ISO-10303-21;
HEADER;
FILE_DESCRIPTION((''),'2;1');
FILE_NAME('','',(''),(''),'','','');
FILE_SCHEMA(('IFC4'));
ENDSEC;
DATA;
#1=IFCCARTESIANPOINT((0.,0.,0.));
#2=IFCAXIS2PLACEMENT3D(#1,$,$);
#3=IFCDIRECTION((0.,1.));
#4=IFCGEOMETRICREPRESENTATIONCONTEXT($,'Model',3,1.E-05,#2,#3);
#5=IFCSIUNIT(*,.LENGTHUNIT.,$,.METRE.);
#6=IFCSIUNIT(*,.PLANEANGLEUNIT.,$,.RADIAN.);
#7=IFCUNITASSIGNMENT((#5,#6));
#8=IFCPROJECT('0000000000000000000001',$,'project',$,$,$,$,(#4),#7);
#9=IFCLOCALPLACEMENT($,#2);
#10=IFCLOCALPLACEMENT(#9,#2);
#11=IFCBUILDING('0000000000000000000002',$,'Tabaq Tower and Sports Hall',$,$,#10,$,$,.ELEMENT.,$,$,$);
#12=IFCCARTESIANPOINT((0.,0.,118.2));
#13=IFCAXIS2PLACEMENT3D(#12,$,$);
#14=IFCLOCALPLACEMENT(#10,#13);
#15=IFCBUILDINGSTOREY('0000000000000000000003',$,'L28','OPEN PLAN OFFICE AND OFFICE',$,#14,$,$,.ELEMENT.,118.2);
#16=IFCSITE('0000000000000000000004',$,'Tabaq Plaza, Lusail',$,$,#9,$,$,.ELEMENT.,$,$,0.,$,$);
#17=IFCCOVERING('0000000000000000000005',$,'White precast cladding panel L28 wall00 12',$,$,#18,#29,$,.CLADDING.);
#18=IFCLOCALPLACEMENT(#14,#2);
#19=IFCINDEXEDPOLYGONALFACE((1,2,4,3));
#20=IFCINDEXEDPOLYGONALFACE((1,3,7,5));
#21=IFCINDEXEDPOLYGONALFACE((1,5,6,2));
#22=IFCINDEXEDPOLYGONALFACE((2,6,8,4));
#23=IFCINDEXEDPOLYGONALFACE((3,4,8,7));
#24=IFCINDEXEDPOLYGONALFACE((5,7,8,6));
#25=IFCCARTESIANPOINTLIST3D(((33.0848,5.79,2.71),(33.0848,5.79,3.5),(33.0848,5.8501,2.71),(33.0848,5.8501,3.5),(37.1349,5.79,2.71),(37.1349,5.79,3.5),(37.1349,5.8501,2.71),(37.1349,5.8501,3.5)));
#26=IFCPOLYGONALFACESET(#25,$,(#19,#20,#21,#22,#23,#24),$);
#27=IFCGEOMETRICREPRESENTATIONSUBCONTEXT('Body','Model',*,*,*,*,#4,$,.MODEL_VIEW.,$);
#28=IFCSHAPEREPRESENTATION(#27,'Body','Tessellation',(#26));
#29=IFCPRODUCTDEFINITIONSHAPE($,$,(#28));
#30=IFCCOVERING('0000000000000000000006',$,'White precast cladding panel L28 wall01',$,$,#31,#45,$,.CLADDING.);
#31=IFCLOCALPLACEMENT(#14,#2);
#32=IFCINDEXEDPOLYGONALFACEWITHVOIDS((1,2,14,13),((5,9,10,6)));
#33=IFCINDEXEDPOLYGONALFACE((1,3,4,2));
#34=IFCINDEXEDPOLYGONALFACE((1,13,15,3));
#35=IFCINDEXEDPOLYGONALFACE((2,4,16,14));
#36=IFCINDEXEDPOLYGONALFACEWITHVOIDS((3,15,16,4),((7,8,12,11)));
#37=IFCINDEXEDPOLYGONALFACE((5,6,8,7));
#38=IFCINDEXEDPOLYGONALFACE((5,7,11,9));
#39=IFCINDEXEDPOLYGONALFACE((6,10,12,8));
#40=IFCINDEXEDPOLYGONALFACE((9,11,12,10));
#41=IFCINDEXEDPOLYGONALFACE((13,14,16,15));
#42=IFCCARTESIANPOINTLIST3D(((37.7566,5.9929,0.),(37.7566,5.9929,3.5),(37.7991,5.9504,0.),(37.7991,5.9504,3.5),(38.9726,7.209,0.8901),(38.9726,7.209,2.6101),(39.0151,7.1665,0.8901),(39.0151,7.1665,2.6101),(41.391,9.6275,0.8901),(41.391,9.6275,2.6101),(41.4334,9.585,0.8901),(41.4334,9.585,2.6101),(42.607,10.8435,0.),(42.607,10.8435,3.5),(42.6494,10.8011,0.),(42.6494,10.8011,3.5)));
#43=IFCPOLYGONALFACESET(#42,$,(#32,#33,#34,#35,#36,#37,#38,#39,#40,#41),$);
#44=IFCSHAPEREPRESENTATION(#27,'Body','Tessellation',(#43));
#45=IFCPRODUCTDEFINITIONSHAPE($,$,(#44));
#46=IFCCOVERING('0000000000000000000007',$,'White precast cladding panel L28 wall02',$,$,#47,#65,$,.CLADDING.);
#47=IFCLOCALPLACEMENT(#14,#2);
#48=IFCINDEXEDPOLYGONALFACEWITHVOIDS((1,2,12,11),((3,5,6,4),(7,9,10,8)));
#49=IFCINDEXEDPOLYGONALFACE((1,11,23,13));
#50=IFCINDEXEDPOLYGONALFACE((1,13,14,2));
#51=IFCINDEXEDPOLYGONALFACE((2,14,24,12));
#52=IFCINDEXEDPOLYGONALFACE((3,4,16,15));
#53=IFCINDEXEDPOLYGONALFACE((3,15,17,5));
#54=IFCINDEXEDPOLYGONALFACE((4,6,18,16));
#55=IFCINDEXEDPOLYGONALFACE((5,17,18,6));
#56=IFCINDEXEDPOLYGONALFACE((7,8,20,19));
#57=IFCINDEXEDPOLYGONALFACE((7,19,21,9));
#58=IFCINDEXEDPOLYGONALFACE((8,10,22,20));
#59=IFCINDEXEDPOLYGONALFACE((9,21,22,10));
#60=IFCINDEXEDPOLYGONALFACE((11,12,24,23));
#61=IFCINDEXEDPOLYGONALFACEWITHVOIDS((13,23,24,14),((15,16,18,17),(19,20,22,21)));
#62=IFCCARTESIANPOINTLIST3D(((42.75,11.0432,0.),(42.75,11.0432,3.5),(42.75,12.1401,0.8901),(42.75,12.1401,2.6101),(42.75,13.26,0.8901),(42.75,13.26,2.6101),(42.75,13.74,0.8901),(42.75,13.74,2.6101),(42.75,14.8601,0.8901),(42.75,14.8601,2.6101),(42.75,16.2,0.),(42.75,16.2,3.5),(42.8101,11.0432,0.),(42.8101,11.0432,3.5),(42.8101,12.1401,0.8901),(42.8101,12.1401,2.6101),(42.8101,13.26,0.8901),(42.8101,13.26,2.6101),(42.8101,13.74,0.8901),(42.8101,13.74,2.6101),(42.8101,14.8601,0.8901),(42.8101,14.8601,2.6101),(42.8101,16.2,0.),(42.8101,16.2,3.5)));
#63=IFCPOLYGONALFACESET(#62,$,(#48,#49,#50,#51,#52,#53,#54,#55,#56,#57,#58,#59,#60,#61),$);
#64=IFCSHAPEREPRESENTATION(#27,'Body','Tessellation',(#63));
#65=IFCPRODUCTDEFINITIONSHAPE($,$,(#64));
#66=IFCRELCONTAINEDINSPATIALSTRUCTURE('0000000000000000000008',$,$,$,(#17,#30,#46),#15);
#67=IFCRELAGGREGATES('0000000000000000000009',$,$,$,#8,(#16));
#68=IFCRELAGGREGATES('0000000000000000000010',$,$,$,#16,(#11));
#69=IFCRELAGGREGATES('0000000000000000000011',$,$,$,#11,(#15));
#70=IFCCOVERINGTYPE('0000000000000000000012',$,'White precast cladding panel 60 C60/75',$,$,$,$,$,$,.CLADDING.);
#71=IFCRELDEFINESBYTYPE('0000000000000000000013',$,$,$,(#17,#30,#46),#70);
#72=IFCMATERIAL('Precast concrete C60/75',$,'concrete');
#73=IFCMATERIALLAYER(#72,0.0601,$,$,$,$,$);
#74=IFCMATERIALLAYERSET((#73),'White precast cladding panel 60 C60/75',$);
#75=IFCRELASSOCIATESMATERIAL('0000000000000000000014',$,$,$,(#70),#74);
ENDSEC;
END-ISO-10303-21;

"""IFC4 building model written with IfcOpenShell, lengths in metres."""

from ifc_helpers import new_model, si_unit, direction, frame, frame_2d, origin, place, context, subcontext, project, spatial, polyline, rectangle, outline, extrude, material, layer, layer_set, type_object, element, save


model = new_model("IFC4")

# Units and contexts
model_context = context("Model", 3, precision=1e-05, world=origin(), true_north=direction((0.0, 1.0)))
body_context = subcontext(model_context, "Body", "Model", "MODEL_VIEW")
ifc_project = project(units=[si_unit("LENGTHUNIT", "METRE"), si_unit("PLANEANGLEUNIT", "RADIAN")], contexts=[model_context])

# Site, building, storey
site_placement = place(None, origin())
site = spatial("IfcSite", under=ifc_project, at=site_placement, Name="Tabaq Plaza, Lusail", CompositionType="ELEMENT", RefElevation=0.0)
building_placement = place(site_placement, origin())
building = spatial("IfcBuilding", under=site, at=building_placement, Name="Tabaq Tower and Sports Hall", CompositionType="ELEMENT")
storey_placement = place(building_placement, frame((0.0, 0.0, 118.2)))
storey = spatial("IfcBuildingStorey", under=building, at=storey_placement, Name="L28", Description="OPEN PLAN OFFICE AND OFFICE", CompositionType="ELEMENT", Elevation=118.2)

# Coverings
ifc_material_1 = material(Name="Precast concrete C60/75", Category="concrete")
ifc_layer_1 = layer(ifc_material_1, 0.0601)
ifc_layer_set_1 = layer_set([ifc_layer_1], Name="White precast cladding panel 60 C60/75")
covering_type = type_object("IfcCoveringType", Name="White precast cladding panel 60 C60/75", PredefinedType="CLADDING", material=ifc_layer_set_1)
covering_1_placement = place(storey_placement, frame((33.085, 5.8201, 2.71), z_axis=(0.0, 0.0, 1.0), x_axis=(1.0, 0.0, 0.0)))
element("IfcCovering", 1, at=covering_1_placement, inside=storey, type_object=covering_type, Name="White precast cladding panel L28 wall00 12", PredefinedType="CLADDING", context=body_context, shape_type="SweptSolid", body=[
    extrude(rectangle(XDim=4.05, YDim=0.0601, at=frame_2d((2.0249, 0.0))), origin(), (0.0, 0.0, 1.0), 0.79),
])
covering_2_placement = place(storey_placement, frame((37.7778, 5.9717, 0.0), z_axis=(0.0, 0.0, 1.0), x_axis=(0.707089, 0.707125, 0.0)))
element("IfcCovering", 2, at=covering_2_placement, inside=storey, type_object=covering_type, Name="White precast cladding panel L28 wall01", PredefinedType="CLADDING", context=body_context, shape_type="SweptSolid", body=[
    extrude(outline(polyline([(0.0, 0.0), (6.8596, 0.0), (6.8596, 3.5), (0.0, 3.5), (0.0, 0.0)]), holes=[polyline([(1.7197, 0.8901), (1.7197, 2.6101), (5.1399, 2.6101), (5.1399, 0.8901), (1.7197, 0.8901)])]), frame((0.0, 0.03, 0.0), z_axis=(0.0, -1.0, 0.0), x_axis=(1.0, 0.0, 0.0)), (0.0, 0.0, 1.0), 0.0601),
])
covering_3_placement = place(storey_placement, frame((42.78, 11.0432, 0.0), z_axis=(0.0, 0.0, 1.0), x_axis=(0.0, 1.0, 0.0)))
element("IfcCovering", 3, at=covering_3_placement, inside=storey, type_object=covering_type, Name="White precast cladding panel L28 wall02", PredefinedType="CLADDING", context=body_context, shape_type="SweptSolid", body=[
    extrude(outline(polyline([(0.0, 0.0), (5.1567, 0.0), (5.1567, 3.5), (0.0, 3.5), (0.0, 0.0)]), holes=[polyline([(1.0969, 2.6101), (2.2168, 2.6101), (2.2168, 0.8901), (1.0969, 0.8901), (1.0969, 2.6101)]), polyline([(2.6968, 2.6101), (3.8169, 2.6101), (3.8169, 0.8901), (2.6968, 0.8901), (2.6968, 2.6101)])]), frame((0.0, 0.03, 0.0), z_axis=(0.0, -1.0, 0.0), x_axis=(1.0, 0.0, 0.0)), (0.0, 0.0, 1.0), 0.0601),
])

save(model, "model.ifc")
